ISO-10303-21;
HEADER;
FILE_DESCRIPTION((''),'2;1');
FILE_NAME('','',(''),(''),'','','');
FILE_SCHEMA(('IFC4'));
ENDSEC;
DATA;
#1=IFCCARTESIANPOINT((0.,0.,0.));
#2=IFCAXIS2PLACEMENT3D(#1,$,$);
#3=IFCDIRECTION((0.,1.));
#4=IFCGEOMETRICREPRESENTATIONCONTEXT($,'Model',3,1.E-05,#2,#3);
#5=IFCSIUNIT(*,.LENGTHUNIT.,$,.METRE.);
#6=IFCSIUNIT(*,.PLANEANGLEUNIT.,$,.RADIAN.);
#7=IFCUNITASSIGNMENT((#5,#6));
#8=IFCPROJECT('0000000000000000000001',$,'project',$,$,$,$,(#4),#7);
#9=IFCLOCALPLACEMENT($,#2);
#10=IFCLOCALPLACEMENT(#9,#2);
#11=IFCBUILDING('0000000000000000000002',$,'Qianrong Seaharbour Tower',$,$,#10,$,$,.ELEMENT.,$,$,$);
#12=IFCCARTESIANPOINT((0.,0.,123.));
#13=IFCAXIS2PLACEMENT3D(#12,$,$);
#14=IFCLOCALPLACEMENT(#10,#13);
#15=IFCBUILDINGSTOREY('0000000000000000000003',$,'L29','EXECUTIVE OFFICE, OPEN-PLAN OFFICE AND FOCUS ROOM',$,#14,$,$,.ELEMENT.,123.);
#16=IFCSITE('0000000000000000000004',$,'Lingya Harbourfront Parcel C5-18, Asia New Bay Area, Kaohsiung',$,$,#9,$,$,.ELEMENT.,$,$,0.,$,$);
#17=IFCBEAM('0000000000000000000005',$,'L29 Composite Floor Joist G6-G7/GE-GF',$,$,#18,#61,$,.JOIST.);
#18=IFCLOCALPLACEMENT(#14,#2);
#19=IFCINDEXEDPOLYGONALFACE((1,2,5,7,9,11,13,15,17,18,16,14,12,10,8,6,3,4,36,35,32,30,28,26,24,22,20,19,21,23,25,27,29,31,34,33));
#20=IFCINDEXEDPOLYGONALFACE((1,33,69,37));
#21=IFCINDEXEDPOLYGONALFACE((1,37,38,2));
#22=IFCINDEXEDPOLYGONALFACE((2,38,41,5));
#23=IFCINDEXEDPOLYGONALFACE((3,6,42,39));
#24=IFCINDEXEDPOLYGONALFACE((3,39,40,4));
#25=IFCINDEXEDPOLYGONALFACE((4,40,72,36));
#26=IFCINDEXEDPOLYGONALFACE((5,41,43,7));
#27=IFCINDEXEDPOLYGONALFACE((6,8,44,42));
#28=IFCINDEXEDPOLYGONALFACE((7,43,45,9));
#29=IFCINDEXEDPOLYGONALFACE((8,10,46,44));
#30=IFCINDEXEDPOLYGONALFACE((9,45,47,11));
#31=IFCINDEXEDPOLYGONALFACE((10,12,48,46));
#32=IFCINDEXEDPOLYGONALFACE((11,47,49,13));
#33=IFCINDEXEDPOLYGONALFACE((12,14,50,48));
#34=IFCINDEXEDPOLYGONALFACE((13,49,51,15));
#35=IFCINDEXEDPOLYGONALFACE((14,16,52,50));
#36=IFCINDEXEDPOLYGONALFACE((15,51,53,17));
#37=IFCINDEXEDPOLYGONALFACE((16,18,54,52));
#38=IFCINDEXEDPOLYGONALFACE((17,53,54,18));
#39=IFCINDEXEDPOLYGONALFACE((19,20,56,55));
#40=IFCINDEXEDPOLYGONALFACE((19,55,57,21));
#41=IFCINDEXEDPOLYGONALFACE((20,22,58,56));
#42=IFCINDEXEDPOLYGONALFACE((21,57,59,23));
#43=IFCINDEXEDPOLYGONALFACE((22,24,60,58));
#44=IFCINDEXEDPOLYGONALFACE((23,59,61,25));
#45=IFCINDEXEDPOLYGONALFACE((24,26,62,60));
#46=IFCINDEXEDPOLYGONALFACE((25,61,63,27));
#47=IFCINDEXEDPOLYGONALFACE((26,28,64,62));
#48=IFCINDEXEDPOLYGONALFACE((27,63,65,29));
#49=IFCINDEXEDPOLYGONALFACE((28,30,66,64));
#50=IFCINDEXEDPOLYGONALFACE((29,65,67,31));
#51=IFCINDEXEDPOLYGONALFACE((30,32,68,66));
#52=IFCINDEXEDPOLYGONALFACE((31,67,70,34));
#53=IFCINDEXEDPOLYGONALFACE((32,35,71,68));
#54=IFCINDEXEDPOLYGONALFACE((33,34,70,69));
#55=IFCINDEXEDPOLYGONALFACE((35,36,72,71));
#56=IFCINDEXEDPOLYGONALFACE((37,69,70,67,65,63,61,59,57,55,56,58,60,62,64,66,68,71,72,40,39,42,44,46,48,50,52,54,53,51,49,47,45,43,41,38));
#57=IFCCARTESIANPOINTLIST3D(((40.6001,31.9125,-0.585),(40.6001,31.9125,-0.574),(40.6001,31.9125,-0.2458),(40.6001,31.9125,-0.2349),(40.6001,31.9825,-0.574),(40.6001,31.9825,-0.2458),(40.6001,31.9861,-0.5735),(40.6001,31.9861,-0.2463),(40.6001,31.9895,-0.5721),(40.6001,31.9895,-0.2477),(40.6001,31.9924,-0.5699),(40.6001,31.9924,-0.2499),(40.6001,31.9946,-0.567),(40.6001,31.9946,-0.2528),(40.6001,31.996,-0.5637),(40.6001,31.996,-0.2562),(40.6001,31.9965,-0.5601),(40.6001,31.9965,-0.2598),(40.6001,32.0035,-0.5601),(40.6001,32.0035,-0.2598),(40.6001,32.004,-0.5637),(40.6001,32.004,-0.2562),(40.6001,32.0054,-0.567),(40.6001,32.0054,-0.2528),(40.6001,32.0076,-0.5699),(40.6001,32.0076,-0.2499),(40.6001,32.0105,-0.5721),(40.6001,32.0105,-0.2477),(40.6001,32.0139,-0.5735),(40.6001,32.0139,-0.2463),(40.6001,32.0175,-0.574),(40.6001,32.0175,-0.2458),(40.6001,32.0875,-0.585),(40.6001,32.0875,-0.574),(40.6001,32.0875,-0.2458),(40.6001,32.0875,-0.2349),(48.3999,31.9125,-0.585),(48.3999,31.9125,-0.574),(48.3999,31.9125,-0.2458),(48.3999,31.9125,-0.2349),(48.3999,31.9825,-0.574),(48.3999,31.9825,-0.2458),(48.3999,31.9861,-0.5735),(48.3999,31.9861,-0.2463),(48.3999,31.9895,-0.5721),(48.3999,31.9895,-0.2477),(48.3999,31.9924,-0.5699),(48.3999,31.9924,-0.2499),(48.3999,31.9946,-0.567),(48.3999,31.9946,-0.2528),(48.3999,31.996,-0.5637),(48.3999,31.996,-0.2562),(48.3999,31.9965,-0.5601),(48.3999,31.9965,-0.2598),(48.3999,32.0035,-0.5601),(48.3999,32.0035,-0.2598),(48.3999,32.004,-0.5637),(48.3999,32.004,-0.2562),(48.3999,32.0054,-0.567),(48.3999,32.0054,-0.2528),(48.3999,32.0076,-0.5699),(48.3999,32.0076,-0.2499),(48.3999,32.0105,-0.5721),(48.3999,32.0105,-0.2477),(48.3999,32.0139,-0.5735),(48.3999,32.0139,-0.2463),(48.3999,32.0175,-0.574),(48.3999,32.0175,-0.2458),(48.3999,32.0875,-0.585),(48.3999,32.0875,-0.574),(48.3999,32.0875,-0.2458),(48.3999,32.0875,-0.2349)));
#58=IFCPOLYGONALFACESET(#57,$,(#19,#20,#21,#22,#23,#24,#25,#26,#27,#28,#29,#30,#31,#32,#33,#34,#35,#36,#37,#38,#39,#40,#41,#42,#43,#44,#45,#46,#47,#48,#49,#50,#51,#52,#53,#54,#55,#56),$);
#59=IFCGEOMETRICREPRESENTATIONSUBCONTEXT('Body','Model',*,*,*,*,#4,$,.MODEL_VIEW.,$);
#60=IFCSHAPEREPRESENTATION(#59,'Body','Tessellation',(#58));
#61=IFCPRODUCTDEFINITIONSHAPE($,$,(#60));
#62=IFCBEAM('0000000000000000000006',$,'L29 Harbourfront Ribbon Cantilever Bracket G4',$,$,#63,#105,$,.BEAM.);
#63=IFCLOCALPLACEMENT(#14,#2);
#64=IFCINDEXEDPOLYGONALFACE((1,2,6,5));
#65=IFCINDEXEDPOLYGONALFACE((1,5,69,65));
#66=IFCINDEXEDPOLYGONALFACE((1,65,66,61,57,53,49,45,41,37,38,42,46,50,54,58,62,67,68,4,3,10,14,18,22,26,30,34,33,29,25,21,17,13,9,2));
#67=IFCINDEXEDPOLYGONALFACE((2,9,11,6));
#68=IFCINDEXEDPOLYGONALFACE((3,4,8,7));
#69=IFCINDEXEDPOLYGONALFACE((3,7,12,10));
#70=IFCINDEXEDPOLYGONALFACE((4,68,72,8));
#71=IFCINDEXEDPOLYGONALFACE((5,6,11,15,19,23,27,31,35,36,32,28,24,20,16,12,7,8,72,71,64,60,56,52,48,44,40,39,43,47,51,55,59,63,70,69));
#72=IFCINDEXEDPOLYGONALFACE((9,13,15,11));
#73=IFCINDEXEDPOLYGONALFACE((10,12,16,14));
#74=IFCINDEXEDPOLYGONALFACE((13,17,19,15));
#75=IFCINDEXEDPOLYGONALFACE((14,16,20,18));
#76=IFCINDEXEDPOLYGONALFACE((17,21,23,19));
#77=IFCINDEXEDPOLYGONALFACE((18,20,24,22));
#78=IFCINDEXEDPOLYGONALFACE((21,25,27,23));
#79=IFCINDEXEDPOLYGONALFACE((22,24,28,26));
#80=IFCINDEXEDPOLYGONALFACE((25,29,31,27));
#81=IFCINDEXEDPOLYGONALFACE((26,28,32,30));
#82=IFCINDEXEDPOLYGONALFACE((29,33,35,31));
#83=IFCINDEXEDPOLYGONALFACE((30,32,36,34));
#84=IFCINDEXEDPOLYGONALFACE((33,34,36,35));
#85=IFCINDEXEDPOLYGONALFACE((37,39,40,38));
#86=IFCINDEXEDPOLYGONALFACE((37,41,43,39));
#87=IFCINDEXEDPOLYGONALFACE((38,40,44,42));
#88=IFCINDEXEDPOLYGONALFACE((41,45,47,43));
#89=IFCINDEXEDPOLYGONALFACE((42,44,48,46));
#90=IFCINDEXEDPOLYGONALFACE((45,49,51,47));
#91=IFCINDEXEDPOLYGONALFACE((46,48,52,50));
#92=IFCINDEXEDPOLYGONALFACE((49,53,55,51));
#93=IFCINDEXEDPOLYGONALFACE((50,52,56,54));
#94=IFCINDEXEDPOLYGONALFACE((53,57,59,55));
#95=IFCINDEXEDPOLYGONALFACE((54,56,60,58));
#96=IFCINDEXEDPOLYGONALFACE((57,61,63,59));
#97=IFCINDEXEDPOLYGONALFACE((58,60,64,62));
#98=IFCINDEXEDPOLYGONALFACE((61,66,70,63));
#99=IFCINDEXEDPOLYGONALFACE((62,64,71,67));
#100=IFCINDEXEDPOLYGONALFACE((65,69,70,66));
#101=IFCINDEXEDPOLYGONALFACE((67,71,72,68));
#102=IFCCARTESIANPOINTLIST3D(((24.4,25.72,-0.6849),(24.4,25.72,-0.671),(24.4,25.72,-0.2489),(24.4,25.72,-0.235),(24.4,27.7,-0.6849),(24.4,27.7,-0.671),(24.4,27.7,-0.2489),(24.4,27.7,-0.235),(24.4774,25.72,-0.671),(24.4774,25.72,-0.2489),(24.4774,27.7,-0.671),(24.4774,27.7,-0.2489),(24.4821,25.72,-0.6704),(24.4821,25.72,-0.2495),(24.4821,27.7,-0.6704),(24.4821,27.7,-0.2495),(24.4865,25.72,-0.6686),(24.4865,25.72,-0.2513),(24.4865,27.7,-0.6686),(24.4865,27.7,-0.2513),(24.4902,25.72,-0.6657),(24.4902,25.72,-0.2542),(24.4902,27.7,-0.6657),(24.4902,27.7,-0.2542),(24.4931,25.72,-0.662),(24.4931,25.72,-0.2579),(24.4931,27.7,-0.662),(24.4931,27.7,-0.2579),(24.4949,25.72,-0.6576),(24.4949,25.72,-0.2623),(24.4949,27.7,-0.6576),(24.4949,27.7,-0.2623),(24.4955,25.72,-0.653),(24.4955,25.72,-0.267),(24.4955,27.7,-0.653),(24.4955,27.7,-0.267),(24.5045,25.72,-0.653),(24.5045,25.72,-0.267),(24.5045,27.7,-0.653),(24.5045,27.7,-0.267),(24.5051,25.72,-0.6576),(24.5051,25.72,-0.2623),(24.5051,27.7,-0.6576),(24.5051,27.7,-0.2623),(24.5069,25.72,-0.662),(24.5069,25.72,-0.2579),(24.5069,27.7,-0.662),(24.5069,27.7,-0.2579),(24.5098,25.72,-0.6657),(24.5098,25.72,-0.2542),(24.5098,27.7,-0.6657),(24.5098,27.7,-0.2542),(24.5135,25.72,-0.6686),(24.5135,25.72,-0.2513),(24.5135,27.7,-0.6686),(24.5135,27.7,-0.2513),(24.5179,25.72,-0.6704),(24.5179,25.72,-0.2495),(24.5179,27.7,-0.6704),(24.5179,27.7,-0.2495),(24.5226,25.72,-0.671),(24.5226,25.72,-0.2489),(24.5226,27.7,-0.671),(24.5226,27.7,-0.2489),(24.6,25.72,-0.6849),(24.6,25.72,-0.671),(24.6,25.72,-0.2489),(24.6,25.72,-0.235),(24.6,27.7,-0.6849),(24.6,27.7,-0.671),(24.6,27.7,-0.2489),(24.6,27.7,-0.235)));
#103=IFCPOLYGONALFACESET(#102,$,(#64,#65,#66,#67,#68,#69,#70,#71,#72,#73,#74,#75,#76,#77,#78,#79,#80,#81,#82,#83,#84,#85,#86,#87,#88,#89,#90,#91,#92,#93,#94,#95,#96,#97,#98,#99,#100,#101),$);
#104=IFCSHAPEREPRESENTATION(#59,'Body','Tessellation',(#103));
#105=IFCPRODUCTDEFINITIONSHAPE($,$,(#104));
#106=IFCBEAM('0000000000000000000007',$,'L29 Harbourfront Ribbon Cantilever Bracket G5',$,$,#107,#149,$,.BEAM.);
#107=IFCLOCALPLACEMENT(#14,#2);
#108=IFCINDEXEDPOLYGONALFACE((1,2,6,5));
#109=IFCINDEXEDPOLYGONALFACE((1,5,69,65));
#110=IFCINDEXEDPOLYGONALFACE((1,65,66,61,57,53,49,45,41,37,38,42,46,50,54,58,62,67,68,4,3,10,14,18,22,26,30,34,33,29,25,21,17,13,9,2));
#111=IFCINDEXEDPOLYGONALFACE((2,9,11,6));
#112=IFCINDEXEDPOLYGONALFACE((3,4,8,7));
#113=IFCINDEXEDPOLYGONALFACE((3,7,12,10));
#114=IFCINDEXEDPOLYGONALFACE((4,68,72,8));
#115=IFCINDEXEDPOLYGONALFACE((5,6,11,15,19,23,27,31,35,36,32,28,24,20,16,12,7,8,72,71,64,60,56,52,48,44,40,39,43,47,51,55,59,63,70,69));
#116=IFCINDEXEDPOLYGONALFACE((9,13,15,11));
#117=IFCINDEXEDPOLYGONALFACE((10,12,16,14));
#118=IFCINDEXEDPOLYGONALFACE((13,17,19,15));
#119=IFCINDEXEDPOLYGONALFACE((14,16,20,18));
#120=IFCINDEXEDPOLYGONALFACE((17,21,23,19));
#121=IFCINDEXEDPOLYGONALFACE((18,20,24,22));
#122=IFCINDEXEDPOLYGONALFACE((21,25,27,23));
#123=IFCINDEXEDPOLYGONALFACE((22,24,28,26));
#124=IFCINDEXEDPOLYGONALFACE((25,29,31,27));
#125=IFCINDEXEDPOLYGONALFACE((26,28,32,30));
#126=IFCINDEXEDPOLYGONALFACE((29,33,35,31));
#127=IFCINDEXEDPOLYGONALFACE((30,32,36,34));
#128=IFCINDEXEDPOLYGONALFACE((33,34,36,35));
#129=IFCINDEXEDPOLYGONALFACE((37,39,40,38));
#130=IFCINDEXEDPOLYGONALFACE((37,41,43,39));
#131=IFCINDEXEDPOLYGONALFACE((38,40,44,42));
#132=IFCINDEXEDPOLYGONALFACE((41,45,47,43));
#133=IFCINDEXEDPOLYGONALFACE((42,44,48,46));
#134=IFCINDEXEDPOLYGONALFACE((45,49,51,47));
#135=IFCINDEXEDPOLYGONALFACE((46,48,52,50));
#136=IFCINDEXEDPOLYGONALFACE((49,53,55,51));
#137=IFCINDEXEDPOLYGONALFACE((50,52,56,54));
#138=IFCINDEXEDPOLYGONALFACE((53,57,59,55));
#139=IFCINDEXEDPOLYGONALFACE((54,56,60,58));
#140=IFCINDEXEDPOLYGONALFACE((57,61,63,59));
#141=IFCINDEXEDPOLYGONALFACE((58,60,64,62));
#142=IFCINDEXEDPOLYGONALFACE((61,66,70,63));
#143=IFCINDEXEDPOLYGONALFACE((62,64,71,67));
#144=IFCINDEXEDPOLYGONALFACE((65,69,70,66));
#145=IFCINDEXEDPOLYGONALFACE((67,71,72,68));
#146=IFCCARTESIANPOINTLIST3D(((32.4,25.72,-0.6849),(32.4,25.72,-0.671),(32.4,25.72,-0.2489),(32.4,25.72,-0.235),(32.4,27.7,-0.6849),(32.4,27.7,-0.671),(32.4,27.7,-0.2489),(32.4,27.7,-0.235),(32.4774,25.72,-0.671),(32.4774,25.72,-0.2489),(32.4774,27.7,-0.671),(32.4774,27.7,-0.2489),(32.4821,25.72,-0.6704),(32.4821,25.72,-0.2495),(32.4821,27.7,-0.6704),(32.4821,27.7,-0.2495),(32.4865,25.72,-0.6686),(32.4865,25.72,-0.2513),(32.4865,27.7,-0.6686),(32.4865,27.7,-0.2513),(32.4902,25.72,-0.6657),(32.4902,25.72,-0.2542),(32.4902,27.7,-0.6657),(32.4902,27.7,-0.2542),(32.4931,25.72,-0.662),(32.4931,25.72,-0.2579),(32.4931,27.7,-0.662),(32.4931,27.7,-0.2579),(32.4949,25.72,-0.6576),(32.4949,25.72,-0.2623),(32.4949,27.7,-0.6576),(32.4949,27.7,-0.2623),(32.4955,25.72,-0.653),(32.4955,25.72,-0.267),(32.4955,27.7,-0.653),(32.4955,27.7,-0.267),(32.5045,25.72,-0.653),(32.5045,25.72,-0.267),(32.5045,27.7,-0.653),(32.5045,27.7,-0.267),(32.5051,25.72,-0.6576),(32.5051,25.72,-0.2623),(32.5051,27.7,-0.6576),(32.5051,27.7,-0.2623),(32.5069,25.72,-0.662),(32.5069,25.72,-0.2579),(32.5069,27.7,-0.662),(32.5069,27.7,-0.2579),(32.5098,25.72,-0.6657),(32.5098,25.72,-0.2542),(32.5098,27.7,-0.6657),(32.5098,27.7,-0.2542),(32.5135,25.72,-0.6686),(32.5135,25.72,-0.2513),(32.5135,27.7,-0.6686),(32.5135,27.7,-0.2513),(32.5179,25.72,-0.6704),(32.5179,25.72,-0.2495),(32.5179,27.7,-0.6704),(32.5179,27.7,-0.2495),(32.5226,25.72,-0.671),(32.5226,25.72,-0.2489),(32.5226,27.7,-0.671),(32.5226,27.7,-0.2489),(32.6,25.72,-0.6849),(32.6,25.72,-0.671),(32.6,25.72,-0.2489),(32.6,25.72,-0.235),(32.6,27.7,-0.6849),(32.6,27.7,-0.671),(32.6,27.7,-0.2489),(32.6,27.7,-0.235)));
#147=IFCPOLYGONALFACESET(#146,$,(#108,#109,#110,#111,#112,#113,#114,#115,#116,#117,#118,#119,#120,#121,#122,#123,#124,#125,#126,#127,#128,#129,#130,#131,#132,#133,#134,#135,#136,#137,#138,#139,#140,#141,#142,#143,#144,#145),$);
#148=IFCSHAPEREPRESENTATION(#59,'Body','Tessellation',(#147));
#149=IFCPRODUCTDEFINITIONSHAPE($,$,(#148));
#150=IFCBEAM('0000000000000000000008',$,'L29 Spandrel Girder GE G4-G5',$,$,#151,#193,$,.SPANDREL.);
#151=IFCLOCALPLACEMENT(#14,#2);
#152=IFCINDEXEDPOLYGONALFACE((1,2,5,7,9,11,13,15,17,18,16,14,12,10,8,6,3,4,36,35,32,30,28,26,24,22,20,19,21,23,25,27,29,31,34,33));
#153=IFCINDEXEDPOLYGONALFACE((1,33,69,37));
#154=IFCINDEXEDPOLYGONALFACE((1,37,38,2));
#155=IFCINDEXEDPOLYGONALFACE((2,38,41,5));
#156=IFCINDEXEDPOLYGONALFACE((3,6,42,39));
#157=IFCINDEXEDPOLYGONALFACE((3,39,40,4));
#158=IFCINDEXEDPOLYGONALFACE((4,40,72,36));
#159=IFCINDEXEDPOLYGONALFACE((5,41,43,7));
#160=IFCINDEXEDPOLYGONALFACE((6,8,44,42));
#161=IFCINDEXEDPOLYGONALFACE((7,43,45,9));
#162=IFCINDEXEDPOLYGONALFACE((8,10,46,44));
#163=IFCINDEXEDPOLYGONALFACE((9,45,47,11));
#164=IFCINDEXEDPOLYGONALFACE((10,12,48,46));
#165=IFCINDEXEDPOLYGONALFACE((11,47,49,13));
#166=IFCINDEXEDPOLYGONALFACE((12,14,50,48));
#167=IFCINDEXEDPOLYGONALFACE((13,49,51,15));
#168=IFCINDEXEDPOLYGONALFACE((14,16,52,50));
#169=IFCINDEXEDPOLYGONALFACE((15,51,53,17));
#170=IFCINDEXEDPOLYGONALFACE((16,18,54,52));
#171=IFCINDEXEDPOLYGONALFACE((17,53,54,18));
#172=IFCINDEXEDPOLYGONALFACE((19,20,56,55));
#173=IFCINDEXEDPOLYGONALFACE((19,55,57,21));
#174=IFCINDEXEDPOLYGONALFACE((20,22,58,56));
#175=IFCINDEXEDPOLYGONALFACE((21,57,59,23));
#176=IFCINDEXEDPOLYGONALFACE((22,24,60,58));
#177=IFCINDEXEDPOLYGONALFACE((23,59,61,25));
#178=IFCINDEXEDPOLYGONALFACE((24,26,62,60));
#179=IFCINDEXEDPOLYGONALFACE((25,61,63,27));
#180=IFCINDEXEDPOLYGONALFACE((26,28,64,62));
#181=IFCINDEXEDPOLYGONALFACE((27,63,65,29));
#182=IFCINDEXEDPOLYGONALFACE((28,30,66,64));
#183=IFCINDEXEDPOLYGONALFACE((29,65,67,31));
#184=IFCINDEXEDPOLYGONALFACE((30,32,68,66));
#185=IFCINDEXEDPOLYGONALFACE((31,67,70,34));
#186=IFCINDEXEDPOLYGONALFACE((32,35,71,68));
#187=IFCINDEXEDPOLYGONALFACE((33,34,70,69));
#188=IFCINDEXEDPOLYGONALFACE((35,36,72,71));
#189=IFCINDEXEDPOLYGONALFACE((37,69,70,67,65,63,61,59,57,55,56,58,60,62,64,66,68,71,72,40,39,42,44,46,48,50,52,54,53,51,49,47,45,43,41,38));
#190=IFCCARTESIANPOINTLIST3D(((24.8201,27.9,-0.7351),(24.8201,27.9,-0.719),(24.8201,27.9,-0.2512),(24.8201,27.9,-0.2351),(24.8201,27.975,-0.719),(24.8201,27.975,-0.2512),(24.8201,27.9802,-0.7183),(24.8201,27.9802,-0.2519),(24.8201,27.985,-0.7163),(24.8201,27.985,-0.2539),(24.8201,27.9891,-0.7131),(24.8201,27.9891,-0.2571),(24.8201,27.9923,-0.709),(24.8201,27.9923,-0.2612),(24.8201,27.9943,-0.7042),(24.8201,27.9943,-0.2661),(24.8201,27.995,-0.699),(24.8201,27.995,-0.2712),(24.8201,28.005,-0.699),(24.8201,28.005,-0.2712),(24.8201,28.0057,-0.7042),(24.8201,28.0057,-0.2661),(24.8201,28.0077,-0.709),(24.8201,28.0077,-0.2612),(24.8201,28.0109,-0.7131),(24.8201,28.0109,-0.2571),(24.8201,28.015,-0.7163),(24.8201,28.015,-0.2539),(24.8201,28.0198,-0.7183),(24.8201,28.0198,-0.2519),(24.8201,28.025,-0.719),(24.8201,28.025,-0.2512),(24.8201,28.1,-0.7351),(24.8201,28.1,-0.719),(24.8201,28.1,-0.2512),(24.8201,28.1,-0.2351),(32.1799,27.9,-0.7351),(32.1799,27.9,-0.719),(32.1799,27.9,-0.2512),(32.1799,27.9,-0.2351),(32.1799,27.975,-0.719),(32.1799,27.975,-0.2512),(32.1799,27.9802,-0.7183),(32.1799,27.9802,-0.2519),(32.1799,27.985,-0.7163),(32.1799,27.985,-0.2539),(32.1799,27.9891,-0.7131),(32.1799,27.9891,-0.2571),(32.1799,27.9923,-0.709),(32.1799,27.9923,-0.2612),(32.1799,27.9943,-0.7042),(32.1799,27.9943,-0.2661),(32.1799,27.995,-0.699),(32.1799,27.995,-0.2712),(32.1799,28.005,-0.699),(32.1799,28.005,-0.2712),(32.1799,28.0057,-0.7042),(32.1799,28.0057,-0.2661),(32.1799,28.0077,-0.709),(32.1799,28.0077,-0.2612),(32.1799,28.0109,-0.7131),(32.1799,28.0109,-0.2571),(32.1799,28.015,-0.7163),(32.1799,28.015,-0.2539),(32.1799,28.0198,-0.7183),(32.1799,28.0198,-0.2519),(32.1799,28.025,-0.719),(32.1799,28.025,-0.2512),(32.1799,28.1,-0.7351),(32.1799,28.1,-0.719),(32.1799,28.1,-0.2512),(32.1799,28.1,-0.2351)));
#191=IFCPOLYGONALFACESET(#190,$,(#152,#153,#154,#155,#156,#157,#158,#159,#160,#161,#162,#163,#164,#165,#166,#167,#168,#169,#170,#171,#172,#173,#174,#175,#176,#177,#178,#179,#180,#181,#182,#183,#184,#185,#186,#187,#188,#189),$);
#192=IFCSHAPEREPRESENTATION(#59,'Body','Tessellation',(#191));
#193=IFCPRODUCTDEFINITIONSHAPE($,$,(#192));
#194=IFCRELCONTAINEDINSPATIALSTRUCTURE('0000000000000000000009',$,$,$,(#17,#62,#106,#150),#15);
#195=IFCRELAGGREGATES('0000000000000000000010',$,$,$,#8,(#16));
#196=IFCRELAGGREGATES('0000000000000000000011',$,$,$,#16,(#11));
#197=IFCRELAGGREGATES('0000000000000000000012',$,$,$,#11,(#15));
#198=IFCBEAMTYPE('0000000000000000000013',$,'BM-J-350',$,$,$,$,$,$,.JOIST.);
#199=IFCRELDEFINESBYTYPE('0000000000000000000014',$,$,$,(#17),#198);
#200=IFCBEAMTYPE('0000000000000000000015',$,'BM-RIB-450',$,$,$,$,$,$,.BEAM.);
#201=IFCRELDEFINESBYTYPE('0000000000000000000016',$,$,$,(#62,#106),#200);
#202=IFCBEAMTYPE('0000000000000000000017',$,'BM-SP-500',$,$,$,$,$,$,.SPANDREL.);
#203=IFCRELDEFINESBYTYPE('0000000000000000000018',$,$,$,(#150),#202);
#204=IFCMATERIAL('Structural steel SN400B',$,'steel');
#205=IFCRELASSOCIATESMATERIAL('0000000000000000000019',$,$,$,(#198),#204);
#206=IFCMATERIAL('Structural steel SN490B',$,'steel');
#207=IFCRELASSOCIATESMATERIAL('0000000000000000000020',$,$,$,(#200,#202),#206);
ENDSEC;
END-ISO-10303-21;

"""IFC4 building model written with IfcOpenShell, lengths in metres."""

from ifc_helpers import new_model, si_unit, direction, frame, origin, origin_2d, place, context, subcontext, project, spatial, i_section, extrude, material, material_profile, profile_set, type_object, element, save


model = new_model("IFC4")

# Units and contexts
model_context = context("Model", 3, precision=1e-05, world=origin(), true_north=direction((0.0, 1.0)))
body_context = subcontext(model_context, "Body", "Model", "MODEL_VIEW")
ifc_project = project(units=[si_unit("LENGTHUNIT", "METRE"), si_unit("PLANEANGLEUNIT", "RADIAN")], contexts=[model_context])

# Site, building, storey
site_placement = place(None, origin())
site = spatial("IfcSite", under=ifc_project, at=site_placement, Name="Lingya Harbourfront Parcel C5-18, Asia New Bay Area, Kaohsiung", CompositionType="ELEMENT", RefElevation=0.0)
building_placement = place(site_placement, origin())
building = spatial("IfcBuilding", under=site, at=building_placement, Name="Qianrong Seaharbour Tower", CompositionType="ELEMENT")
storey_placement = place(building_placement, frame((0.0, 0.0, 123.0)))
storey = spatial("IfcBuildingStorey", under=building, at=storey_placement, Name="L29", Description="EXECUTIVE OFFICE, OPEN-PLAN OFFICE AND FOCUS ROOM", CompositionType="ELEMENT", Elevation=123.0)

# Shared definitions
ifc_material_1 = material(Name="Structural steel SN490B", Category="steel")

# Beams
ifc_material_2 = material(Name="Structural steel SN400B", Category="steel")
ifc_material_profile_1 = material_profile(ifc_material_2, i_section(OverallWidth=0.175, OverallDepth=0.3501, WebThickness=0.0071, FlangeThickness=0.011, FilletRadius=0.0139, at=origin_2d()), Name="H350x175x7x11")
ifc_profile_set_1 = profile_set([ifc_material_profile_1], Name="Structural steel SN400B")
beam_type_1 = type_object("IfcBeamType", Name="BM-J-350", PredefinedType="JOIST", material=ifc_profile_set_1)
for number, where, z_axis, x_axis, name in (
    (1, (40.6001, 32.0, -0.4099), (1.0, 0.0, 0.0), (0.0, 1.0, 0.0), "L29 Composite Floor Joist G6-G7/GE-GF"),
):
    element("IfcBeam", number, at=place(storey_placement, frame(where, z_axis=z_axis, x_axis=x_axis)), inside=storey, type_object=beam_type_1, Name=name, PredefinedType="JOIST", context=body_context, shape_type="SweptSolid", body=[
        extrude(i_section(OverallWidth=0.175, OverallDepth=0.3501, WebThickness=0.0071, FlangeThickness=0.011, FilletRadius=0.0139, at=origin_2d()), origin(), (0.0, 0.0, 1.0), 7.7998),
    ])
ifc_material_profile_2 = material_profile(ifc_material_1, i_section(OverallWidth=0.2, OverallDepth=0.45, WebThickness=0.009, FlangeThickness=0.0139, FilletRadius=0.0181, at=origin_2d()), Name="H450x200x9x14")
ifc_profile_set_2 = profile_set([ifc_material_profile_2], Name="Structural steel SN490B")
beam_type_2 = type_object("IfcBeamType", Name="BM-RIB-450", PredefinedType="BEAM", material=ifc_profile_set_2)
for number, where, z_axis, x_axis, name in (
    (2, (24.5, 27.7, -0.46), (0.0, -1.0, 0.0), (1.0, 0.0, 0.0), "L29 Harbourfront Ribbon Cantilever Bracket G4"),
    (3, (32.5, 27.7, -0.46), (0.0, -1.0, 0.0), (1.0, 0.0, 0.0), "L29 Harbourfront Ribbon Cantilever Bracket G5"),
):
    element("IfcBeam", number, at=place(storey_placement, frame(where, z_axis=z_axis, x_axis=x_axis)), inside=storey, type_object=beam_type_2, Name=name, PredefinedType="BEAM", context=body_context, shape_type="SweptSolid", body=[
        extrude(i_section(OverallWidth=0.2, OverallDepth=0.45, WebThickness=0.009, FlangeThickness=0.0139, FilletRadius=0.0181, at=origin_2d()), origin(), (0.0, 0.0, 1.0), 1.98),
    ])
ifc_material_profile_3 = material_profile(ifc_material_1, i_section(OverallWidth=0.2, OverallDepth=0.5, WebThickness=0.01, FlangeThickness=0.0161, FilletRadius=0.02, at=origin_2d()), Name="H500x200x10x16")
ifc_profile_set_3 = profile_set([ifc_material_profile_3], Name="Structural steel SN490B")
beam_type_3 = type_object("IfcBeamType", Name="BM-SP-500", PredefinedType="SPANDREL", material=ifc_profile_set_3)
for number, where, z_axis, x_axis, name in (
    (4, (24.8201, 28.0, -0.4851), (1.0, 0.0, 0.0), (0.0, 1.0, 0.0), "L29 Spandrel Girder GE G4-G5"),
):
    element("IfcBeam", number, at=place(storey_placement, frame(where, z_axis=z_axis, x_axis=x_axis)), inside=storey, type_object=beam_type_3, Name=name, PredefinedType="SPANDREL", context=body_context, shape_type="SweptSolid", body=[
        extrude(i_section(OverallWidth=0.2, OverallDepth=0.5, WebThickness=0.01, FlangeThickness=0.0161, FilletRadius=0.02, at=origin_2d()), origin(), (0.0, 0.0, 1.0), 7.3599),
    ])

save(model, "model.ifc")
